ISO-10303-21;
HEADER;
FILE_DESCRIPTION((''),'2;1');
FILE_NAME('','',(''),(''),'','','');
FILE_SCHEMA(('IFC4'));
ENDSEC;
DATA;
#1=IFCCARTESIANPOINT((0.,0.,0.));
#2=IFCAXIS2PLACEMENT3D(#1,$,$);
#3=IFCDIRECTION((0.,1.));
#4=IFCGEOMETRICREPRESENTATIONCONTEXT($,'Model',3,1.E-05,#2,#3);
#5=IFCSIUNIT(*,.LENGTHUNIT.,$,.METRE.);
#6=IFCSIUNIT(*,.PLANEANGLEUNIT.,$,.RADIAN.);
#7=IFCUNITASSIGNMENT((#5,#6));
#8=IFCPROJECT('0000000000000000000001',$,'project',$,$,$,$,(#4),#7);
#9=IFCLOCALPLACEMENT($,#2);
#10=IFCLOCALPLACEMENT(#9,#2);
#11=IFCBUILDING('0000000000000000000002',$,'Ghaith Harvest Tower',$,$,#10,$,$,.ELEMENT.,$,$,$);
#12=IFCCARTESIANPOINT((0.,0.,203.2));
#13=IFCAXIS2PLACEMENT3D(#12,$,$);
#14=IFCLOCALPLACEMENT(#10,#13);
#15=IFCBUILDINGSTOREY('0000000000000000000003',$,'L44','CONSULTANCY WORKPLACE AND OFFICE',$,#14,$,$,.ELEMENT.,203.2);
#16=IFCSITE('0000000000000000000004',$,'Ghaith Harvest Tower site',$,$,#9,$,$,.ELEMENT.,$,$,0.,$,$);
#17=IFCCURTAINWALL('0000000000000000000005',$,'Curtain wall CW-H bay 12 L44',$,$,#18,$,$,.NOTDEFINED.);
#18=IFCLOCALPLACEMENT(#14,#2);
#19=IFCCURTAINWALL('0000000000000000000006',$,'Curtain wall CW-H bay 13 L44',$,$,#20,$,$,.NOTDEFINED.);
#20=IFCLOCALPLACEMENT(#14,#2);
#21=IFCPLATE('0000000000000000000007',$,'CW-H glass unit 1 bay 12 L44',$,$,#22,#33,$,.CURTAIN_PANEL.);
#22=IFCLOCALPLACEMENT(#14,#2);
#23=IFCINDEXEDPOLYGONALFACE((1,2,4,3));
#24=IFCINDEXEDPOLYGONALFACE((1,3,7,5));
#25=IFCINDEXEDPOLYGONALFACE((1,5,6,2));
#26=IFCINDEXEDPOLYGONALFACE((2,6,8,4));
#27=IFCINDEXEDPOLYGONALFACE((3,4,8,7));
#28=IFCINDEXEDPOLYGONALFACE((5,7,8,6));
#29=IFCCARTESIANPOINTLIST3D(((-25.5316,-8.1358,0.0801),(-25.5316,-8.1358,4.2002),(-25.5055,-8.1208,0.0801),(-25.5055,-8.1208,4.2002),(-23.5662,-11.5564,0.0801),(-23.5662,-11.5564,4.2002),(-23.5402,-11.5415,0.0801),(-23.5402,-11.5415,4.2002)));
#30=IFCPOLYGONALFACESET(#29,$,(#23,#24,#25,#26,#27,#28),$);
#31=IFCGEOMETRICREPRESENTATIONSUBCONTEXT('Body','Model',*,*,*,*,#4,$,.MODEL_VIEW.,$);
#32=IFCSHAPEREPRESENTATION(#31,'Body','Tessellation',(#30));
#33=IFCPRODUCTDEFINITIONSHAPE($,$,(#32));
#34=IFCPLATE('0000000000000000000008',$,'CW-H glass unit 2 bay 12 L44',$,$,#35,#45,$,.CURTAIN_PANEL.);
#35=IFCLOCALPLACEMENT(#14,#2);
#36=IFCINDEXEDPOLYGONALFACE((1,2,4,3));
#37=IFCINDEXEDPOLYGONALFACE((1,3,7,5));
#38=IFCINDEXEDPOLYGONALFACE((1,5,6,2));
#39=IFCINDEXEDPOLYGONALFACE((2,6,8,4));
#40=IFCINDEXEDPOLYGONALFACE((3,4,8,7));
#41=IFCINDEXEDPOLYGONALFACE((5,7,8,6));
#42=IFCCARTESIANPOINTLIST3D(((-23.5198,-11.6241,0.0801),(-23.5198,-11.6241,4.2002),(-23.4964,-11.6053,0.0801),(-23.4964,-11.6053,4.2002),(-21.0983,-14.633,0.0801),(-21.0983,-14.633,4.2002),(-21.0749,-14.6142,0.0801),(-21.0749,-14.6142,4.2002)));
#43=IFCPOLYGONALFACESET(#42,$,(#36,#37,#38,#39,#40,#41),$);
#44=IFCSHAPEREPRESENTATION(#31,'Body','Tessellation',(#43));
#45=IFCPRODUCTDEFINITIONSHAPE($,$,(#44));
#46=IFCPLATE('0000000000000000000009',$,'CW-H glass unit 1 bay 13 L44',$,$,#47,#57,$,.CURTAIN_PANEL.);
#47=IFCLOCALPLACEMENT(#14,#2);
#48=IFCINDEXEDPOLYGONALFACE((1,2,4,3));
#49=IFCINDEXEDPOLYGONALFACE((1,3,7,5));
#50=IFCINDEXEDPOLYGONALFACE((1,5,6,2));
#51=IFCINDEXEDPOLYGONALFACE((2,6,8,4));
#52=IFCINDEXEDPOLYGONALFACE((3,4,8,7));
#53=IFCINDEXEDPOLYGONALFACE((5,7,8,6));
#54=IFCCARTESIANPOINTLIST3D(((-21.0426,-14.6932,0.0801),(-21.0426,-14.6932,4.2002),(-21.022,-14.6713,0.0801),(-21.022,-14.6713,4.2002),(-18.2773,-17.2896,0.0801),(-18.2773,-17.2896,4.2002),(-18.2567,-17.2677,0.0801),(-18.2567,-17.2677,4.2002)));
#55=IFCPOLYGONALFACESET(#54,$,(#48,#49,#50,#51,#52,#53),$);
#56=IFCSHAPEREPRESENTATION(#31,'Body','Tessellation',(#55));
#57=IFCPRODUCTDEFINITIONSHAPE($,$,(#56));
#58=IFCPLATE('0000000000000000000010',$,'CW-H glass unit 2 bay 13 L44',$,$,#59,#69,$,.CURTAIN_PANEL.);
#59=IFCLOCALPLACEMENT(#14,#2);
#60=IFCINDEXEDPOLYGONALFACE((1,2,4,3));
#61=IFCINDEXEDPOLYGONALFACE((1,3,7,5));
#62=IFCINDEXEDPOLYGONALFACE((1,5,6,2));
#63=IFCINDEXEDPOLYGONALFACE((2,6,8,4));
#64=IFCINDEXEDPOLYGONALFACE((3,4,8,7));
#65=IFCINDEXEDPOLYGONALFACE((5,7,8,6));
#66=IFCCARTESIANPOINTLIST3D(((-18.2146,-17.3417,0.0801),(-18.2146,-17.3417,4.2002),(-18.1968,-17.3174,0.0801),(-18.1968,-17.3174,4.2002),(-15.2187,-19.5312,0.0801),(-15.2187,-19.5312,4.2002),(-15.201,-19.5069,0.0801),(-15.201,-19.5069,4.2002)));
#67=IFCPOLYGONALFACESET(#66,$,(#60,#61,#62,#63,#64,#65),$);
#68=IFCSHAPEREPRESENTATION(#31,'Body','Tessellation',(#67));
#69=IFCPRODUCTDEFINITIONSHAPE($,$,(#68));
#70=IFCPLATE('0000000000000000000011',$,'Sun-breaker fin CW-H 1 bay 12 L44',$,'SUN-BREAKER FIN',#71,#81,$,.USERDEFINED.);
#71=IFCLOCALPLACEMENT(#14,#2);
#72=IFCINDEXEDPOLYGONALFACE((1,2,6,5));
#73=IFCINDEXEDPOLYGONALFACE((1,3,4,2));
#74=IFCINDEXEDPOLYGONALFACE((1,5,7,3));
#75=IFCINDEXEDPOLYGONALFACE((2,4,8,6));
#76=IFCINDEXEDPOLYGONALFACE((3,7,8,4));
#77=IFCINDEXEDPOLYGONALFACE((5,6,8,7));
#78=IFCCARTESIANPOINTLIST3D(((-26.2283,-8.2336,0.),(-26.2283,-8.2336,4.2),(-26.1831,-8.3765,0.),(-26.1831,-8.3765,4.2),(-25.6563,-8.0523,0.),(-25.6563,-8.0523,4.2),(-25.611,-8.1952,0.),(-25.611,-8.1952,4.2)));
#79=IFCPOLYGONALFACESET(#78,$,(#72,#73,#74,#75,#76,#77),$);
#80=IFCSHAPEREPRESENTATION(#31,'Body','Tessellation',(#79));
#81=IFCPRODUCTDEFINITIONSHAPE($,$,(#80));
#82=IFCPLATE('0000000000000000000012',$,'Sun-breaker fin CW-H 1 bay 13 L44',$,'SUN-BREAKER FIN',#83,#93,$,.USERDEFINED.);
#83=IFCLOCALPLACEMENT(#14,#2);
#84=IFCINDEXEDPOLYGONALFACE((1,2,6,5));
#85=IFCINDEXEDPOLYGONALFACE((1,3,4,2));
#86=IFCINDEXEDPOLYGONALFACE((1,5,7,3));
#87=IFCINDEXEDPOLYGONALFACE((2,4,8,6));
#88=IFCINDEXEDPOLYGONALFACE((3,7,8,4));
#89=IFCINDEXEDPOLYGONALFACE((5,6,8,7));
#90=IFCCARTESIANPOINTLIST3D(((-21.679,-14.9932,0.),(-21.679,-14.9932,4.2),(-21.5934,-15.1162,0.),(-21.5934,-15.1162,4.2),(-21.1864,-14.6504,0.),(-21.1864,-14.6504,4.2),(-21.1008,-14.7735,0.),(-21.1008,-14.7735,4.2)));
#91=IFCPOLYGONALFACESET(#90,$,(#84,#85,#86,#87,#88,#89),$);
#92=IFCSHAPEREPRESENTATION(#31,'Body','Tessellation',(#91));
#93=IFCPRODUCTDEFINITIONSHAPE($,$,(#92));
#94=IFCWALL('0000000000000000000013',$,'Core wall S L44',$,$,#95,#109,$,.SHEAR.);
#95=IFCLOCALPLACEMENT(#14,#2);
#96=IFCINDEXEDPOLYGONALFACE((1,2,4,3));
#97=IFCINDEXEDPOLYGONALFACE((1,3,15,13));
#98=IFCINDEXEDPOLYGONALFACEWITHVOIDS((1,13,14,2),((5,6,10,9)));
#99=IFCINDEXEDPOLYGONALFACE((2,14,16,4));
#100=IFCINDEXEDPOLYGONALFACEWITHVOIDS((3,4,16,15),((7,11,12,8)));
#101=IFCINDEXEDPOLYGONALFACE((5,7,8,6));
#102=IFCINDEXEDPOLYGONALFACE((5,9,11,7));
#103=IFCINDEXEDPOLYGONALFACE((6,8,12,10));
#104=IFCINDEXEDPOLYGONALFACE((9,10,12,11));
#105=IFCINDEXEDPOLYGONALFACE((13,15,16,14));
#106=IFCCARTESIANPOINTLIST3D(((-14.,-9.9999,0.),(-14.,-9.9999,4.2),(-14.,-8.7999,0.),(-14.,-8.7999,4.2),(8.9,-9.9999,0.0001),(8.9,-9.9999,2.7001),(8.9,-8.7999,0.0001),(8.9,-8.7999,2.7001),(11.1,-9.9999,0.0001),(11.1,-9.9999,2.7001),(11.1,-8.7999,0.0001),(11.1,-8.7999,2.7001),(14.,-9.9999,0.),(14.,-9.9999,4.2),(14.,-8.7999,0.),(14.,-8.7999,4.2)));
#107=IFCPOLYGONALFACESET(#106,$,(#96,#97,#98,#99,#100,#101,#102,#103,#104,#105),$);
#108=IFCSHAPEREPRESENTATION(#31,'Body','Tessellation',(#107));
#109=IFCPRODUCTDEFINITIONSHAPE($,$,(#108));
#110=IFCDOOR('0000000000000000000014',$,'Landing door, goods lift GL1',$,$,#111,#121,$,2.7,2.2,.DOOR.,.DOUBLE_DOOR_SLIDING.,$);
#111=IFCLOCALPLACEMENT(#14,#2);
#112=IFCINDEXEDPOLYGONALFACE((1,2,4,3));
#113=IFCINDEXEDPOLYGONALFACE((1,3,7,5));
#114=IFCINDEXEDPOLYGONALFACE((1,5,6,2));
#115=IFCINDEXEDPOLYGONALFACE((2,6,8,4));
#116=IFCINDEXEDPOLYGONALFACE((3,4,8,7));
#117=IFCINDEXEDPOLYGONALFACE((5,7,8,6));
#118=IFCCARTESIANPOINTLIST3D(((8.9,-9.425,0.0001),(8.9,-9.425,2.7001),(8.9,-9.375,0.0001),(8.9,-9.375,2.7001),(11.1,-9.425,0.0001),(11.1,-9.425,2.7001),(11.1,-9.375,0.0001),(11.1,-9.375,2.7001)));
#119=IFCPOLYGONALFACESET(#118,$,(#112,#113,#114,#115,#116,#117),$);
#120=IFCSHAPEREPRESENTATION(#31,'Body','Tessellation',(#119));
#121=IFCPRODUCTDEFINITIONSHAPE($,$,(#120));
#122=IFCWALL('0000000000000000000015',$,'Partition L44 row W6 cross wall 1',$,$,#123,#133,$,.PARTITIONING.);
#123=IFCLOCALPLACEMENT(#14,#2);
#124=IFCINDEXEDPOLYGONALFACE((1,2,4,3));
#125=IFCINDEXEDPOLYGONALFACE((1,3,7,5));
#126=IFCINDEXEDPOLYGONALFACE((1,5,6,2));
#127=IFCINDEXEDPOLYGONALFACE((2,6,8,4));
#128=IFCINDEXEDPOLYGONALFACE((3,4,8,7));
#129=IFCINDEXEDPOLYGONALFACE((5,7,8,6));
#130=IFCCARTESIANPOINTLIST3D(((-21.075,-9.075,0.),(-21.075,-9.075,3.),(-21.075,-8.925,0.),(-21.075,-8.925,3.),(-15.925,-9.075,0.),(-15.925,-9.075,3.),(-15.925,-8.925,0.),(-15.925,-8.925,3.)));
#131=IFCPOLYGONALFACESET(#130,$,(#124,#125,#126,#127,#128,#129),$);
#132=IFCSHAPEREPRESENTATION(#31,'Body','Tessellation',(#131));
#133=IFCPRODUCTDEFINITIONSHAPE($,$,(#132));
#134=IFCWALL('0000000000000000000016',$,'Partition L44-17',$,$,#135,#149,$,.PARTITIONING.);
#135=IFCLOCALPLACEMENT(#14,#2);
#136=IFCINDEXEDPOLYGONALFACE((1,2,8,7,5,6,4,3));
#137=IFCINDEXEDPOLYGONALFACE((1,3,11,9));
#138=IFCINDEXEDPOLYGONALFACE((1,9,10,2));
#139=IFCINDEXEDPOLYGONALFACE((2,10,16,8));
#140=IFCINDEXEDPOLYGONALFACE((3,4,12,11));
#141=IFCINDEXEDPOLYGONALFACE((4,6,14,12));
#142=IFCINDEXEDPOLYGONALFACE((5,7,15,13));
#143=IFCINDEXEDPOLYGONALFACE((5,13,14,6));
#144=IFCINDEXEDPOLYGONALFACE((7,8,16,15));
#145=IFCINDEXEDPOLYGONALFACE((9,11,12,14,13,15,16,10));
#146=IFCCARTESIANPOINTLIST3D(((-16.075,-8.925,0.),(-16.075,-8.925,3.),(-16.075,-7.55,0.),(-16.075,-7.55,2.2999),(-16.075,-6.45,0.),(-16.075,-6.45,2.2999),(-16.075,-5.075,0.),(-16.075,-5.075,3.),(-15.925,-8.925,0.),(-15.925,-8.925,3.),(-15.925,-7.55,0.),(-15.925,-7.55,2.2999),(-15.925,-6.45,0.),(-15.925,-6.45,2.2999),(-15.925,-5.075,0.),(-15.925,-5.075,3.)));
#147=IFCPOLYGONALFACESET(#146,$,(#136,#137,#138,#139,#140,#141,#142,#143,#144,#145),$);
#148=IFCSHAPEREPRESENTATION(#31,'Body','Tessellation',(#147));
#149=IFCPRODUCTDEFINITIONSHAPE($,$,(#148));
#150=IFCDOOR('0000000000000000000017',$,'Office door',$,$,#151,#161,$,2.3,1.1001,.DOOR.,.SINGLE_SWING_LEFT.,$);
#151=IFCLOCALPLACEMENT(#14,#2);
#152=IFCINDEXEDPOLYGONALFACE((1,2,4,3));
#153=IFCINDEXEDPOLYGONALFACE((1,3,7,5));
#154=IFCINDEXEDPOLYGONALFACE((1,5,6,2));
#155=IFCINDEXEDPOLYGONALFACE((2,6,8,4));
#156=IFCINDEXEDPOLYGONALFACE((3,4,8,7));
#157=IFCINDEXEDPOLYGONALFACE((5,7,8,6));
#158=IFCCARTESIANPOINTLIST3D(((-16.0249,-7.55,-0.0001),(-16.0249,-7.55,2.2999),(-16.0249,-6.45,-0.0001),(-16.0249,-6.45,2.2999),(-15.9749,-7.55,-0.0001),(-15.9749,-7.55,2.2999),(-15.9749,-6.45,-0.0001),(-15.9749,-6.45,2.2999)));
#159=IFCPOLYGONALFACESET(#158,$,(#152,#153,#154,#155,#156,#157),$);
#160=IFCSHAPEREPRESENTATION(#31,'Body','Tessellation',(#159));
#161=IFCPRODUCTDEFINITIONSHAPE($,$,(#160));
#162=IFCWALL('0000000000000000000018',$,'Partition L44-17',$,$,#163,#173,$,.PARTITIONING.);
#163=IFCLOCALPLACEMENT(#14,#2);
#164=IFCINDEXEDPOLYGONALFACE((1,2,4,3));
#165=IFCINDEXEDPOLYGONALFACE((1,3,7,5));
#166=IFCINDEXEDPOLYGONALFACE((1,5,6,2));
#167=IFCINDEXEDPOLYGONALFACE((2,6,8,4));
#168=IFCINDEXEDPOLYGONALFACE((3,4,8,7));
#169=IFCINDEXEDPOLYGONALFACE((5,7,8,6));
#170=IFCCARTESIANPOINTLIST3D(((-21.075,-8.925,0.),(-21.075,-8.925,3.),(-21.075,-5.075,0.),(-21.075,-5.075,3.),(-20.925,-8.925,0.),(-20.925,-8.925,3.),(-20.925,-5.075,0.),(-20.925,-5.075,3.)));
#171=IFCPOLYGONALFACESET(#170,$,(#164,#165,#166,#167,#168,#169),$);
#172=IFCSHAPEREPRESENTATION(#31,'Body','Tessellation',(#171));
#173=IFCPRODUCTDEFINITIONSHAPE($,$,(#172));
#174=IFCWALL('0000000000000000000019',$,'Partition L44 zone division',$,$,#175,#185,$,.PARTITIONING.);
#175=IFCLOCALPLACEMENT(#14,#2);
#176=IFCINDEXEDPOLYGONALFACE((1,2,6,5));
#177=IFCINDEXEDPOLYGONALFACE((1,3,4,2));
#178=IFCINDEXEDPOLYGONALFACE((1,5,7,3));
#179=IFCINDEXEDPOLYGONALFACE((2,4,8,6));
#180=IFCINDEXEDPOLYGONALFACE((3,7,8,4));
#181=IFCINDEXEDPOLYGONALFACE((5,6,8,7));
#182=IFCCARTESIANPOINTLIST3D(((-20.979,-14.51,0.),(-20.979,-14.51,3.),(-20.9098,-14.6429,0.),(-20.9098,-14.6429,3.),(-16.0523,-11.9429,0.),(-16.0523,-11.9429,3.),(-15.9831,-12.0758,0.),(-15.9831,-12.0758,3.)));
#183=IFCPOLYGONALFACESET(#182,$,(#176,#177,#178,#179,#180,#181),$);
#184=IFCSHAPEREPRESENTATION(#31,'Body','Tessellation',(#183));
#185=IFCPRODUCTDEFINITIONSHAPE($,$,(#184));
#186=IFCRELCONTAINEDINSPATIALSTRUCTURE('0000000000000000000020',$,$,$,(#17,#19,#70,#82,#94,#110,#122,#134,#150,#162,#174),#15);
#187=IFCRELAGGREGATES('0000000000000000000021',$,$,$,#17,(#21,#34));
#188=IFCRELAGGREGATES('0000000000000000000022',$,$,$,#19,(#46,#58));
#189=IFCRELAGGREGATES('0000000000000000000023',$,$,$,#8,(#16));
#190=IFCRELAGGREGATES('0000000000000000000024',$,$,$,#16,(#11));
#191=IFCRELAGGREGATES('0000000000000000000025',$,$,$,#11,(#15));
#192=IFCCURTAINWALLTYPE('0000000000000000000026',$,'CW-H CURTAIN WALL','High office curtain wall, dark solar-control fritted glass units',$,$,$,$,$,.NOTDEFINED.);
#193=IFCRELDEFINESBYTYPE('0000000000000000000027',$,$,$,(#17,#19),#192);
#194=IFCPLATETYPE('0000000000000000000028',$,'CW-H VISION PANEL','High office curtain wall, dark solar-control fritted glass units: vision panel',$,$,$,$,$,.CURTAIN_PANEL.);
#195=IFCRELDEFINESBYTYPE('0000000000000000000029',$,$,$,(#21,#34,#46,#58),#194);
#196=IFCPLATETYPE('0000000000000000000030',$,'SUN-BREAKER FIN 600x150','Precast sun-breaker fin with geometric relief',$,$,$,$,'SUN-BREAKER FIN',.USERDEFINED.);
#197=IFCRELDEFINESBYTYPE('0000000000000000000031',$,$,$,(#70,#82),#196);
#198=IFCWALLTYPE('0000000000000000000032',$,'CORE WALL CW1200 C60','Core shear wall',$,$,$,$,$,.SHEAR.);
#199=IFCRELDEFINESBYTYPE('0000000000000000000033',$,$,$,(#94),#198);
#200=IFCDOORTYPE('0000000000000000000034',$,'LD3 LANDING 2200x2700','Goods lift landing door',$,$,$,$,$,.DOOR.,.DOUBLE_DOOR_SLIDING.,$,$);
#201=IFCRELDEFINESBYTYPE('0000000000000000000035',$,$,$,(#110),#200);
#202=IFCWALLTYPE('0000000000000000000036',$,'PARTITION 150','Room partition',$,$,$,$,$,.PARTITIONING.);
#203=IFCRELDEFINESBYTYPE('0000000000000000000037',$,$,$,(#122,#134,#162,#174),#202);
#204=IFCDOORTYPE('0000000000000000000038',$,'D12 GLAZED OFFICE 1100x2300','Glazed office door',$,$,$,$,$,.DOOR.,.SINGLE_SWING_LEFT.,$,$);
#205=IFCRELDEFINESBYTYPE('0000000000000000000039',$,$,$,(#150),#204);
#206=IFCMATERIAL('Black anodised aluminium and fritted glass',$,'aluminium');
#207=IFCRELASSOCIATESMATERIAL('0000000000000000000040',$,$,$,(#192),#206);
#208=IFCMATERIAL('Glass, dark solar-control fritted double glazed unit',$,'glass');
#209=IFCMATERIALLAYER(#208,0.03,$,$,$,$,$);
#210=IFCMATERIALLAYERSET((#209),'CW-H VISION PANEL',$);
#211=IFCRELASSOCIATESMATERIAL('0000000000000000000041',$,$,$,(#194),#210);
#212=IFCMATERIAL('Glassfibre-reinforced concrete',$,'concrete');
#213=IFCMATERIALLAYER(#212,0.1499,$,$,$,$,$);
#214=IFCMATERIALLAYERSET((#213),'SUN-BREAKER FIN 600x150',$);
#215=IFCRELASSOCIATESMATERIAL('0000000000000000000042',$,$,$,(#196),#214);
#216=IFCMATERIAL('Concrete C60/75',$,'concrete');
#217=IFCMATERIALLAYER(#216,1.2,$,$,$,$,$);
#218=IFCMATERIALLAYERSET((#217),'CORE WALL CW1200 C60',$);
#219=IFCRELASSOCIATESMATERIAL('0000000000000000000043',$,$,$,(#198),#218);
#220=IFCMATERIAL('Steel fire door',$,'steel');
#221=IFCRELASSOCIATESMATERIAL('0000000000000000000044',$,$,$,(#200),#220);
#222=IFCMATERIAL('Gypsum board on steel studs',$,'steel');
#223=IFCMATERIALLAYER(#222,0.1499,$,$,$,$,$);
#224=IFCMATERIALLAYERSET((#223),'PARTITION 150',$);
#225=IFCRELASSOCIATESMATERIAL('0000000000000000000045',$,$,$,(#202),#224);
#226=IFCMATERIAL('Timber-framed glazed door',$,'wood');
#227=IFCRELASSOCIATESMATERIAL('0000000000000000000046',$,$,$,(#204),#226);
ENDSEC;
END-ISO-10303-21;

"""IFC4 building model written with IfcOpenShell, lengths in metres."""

from ifc_helpers import new_model, si_unit, direction, frame, frame_2d, origin, origin_2d, place, context, subcontext, project, spatial, rectangle, extrude, material, layer, layer_set, type_object, element, fill, aggregate, save


model = new_model("IFC4")

# Units and contexts
model_context = context("Model", 3, precision=1e-05, world=origin(), true_north=direction((0.0, 1.0)))
body_context = subcontext(model_context, "Body", "Model", "MODEL_VIEW")
ifc_project = project(units=[si_unit("LENGTHUNIT", "METRE"), si_unit("PLANEANGLEUNIT", "RADIAN")], contexts=[model_context])

# Site, building, storey
site_placement = place(None, origin())
site = spatial("IfcSite", under=ifc_project, at=site_placement, Name="Ghaith Harvest Tower site", CompositionType="ELEMENT", RefElevation=0.0)
building_placement = place(site_placement, origin())
building = spatial("IfcBuilding", under=site, at=building_placement, Name="Ghaith Harvest Tower", CompositionType="ELEMENT")
storey_placement = place(building_placement, frame((0.0, 0.0, 203.2)))
storey = spatial("IfcBuildingStorey", under=building, at=storey_placement, Name="L44", Description="CONSULTANCY WORKPLACE AND OFFICE", CompositionType="ELEMENT", Elevation=203.2)

# Curtain wall
ifc_material_1 = material(Name="Black anodised aluminium and fritted glass", Category="aluminium")
curtain_wall_type = type_object("IfcCurtainWallType", Name="CW-H CURTAIN WALL", Description="High office curtain wall, dark solar-control fritted glass units", PredefinedType="NOTDEFINED", material=ifc_material_1)
curtain_wall_1_placement = place(storey_placement, origin())
curtain_wall_1 = element("IfcCurtainWall", 1, at=curtain_wall_1_placement, inside=storey, type_object=curtain_wall_type, Name="Curtain wall CW-H bay 12 L44", PredefinedType="NOTDEFINED")

# Curtain wall
curtain_wall_2_placement = place(storey_placement, origin())
curtain_wall_2 = element("IfcCurtainWall", 2, at=curtain_wall_2_placement, inside=storey, type_object=curtain_wall_type, Name="Curtain wall CW-H bay 13 L44", PredefinedType="NOTDEFINED")

# Plates
ifc_material_2 = material(Name="Glass, dark solar-control fritted double glazed unit", Category="glass")
ifc_layer_1 = layer(ifc_material_2, 0.03)
ifc_layer_set_1 = layer_set([ifc_layer_1], Name="CW-H VISION PANEL")
plate_type_1 = type_object("IfcPlateType", Name="CW-H VISION PANEL", Description="High office curtain wall, dark solar-control fritted glass units: vision panel", PredefinedType="CURTAIN_PANEL", material=ifc_layer_set_1)
plate_1_placement = place(storey_placement, frame((-24.5359, -9.8386, 0.0801), z_axis=(0.0, 0.0, 1.0), x_axis=(0.49818, -0.867074, 0.0)))
plate_1 = element("IfcPlate", 3, at=plate_1_placement, type_object=plate_type_1, Name="CW-H glass unit 1 bay 12 L44", PredefinedType="CURTAIN_PANEL", context=body_context, shape_type="SweptSolid", body=[
    extrude(rectangle(XDim=3.9451, YDim=0.03, at=origin_2d()), origin(), (0.0, 0.0, 1.0), 4.1201),
])
plate_2_placement = place(storey_placement, frame((-22.2974, -13.1191, 0.0801), z_axis=(0.0, 0.0, 1.0), x_axis=(0.626957, -0.779054, 0.0)))
plate_2 = element("IfcPlate", 4, at=plate_2_placement, type_object=plate_type_1, Name="CW-H glass unit 2 bay 12 L44", PredefinedType="CURTAIN_PANEL", context=body_context, shape_type="SweptSolid", body=[
    extrude(rectangle(XDim=3.8623, YDim=0.03, at=origin_2d()), origin(), (0.0, 0.0, 1.0), 4.1201),
])
aggregate(curtain_wall_1, [plate_1, plate_2])
plate_3_placement = place(storey_placement, frame((-19.6497, -15.9805, 0.0801), z_axis=(0.0, 0.0, 1.0), x_axis=(0.729017, -0.684496, 0.0)))
plate_3 = element("IfcPlate", 5, at=plate_3_placement, type_object=plate_type_1, Name="CW-H glass unit 1 bay 13 L44", PredefinedType="CURTAIN_PANEL", context=body_context, shape_type="SweptSolid", body=[
    extrude(rectangle(XDim=3.7932, YDim=0.03, at=origin_2d()), origin(), (0.0, 0.0, 1.0), 4.1201),
])
plate_4_placement = place(storey_placement, frame((-16.7078, -18.4243, 0.0801), z_axis=(0.0, 0.0, 1.0), x_axis=(0.807364, -0.590054, 0.0)))
plate_4 = element("IfcPlate", 6, at=plate_4_placement, type_object=plate_type_1, Name="CW-H glass unit 2 bay 13 L44", PredefinedType="CURTAIN_PANEL", context=body_context, shape_type="SweptSolid", body=[
    extrude(rectangle(XDim=3.7107, YDim=0.03, at=origin_2d()), origin(), (0.0, 0.0, 1.0), 4.1201),
])
aggregate(curtain_wall_2, [plate_3, plate_4])

# Plates
ifc_material_3 = material(Name="Glassfibre-reinforced concrete", Category="concrete")
ifc_layer_2 = layer(ifc_material_3, 0.1499)
ifc_layer_set_2 = layer_set([ifc_layer_2], Name="SUN-BREAKER FIN 600x150")
plate_type_2 = type_object("IfcPlateType", Name="SUN-BREAKER FIN 600x150", Description="Precast sun-breaker fin with geometric relief", ElementType="SUN-BREAKER FIN", PredefinedType="USERDEFINED", material=ifc_layer_set_2)
for number, where, z_axis, x_axis, name in (
    (7, (-25.9197, -8.2144, 0.0), (0.0, 0.0, 1.0), (-0.953273, -0.30211, 0.0), "Sun-breaker fin CW-H 1 bay 12 L44"),
    (8, (-21.3899, -14.8833, 0.0), (0.0, 0.0, 1.0), (-0.820845, -0.57115, 0.0), "Sun-breaker fin CW-H 1 bay 13 L44"),
):
    element("IfcPlate", number, at=place(storey_placement, frame(where, z_axis=z_axis, x_axis=x_axis)), inside=storey, type_object=plate_type_2, Name=name, ObjectType="SUN-BREAKER FIN", PredefinedType="USERDEFINED", context=body_context, shape_type="SweptSolid", body=[
        extrude(rectangle(XDim=0.6001, YDim=0.1499, at=origin_2d()), origin(), (0.0, 0.0, 1.0), 4.2),
    ])

# Wall, opening, door
ifc_material_4 = material(Name="Concrete C60/75", Category="concrete")
ifc_layer_3 = layer(ifc_material_4, 1.2)
ifc_layer_set_3 = layer_set([ifc_layer_3], Name="CORE WALL CW1200 C60")
wall_type_1 = type_object("IfcWallType", Name="CORE WALL CW1200 C60", Description="Core shear wall", PredefinedType="SHEAR", material=ifc_layer_set_3)
wall_1_placement = place(storey_placement, frame((-14.0, -9.3999, 0.0), z_axis=(0.0, 0.0, 1.0), x_axis=(1.0, 0.0, 0.0)))
wall_1 = element("IfcWall", 9, at=wall_1_placement, inside=storey, type_object=wall_type_1, Name="Core wall S L44", PredefinedType="SHEAR", context=body_context, shape_type="SweptSolid", body=[
    extrude(rectangle(XDim=28.0, YDim=1.2, at=frame_2d((14.0, 0.0))), origin(), (0.0, 0.0, 1.0), 4.2),
])
opening_1_placement = place(wall_1_placement, frame((22.8999, 0.0, 0.0)))
opening_1 = element("IfcOpeningElement", 10, at=opening_1_placement, cuts=wall_1, PredefinedType="OPENING", context=body_context, shape_type="SweptSolid", body=[
    extrude(rectangle(XDim=2.2, YDim=2.7, at=frame_2d((1.1001, 1.3501))), frame((0.0, 0.6099, 0.0), z_axis=(0.0, -1.0, 0.0), x_axis=(1.0, 0.0, 0.0)), (0.0, 0.0, 1.0), 1.22),
])
ifc_material_5 = material(Name="Steel fire door", Category="steel")
door_type_1 = type_object("IfcDoorType", Name="LD3 LANDING 2200x2700", Description="Goods lift landing door", OperationType="DOUBLE_DOOR_SLIDING", PredefinedType="DOOR", material=ifc_material_5)
door_1_placement = place(opening_1_placement, origin())
door_1 = element("IfcDoor", 11, at=door_1_placement, inside=storey, type_object=door_type_1, Name="Landing door, goods lift GL1", OperationType="DOUBLE_DOOR_SLIDING", OverallHeight=2.7, OverallWidth=2.2, PredefinedType="DOOR", context=body_context, shape_type="SweptSolid", body=[
    extrude(rectangle(XDim=2.2, YDim=2.7, at=frame_2d((1.1001, 1.3501))), frame((0.0, 0.0249, 0.0), z_axis=(0.0, -1.0, 0.0), x_axis=(1.0, 0.0, 0.0)), (0.0, 0.0, 1.0), 0.05),
])
fill(opening_1, door_1)

# Wall
ifc_material_6 = material(Name="Gypsum board on steel studs", Category="steel")
ifc_layer_4 = layer(ifc_material_6, 0.1499)
ifc_layer_set_4 = layer_set([ifc_layer_4], Name="PARTITION 150")
wall_type_2 = type_object("IfcWallType", Name="PARTITION 150", Description="Room partition", PredefinedType="PARTITIONING", material=ifc_layer_set_4)
wall_2_placement = place(storey_placement, frame((-15.925, -9.0, 0.0), z_axis=(0.0, 0.0, 1.0), x_axis=(-1.0, 0.0, 0.0)))
element("IfcWall", 12, at=wall_2_placement, inside=storey, type_object=wall_type_2, Name="Partition L44 row W6 cross wall 1", PredefinedType="PARTITIONING", context=body_context, shape_type="SweptSolid", body=[
    extrude(rectangle(XDim=5.1499, YDim=0.1499, at=frame_2d((2.575, 0.0))), origin(), (0.0, 0.0, 1.0), 3.0),
])

# Wall, opening, door
wall_3_placement = place(storey_placement, frame((-16.0, -8.925, 0.0), z_axis=(0.0, 0.0, 1.0), x_axis=(0.0, 1.0, 0.0)))
wall_3 = element("IfcWall", 13, at=wall_3_placement, inside=storey, type_object=wall_type_2, Name="Partition L44-17", PredefinedType="PARTITIONING", context=body_context, shape_type="SweptSolid", body=[
    extrude(rectangle(XDim=3.8501, YDim=0.1499, at=frame_2d((1.925, 0.0))), origin(), (0.0, 0.0, 1.0), 3.0),
])
opening_2_placement = place(wall_3_placement, frame((1.375, 0.0, 0.0)))
opening_2 = element("IfcOpeningElement", 14, at=opening_2_placement, cuts=wall_3, PredefinedType="OPENING", context=body_context, shape_type="SweptSolid", body=[
    extrude(rectangle(XDim=1.1001, YDim=2.3, at=frame_2d((0.55, 1.1499))), frame((0.0, 0.085, 0.0), z_axis=(0.0, -1.0, 0.0), x_axis=(1.0, 0.0, 0.0)), (0.0, 0.0, 1.0), 0.1699),
])
ifc_material_7 = material(Name="Timber-framed glazed door", Category="wood")
door_type_2 = type_object("IfcDoorType", Name="D12 GLAZED OFFICE 1100x2300", Description="Glazed office door", OperationType="SINGLE_SWING_LEFT", PredefinedType="DOOR", material=ifc_material_7)
door_2_placement = place(opening_2_placement, origin())
door_2 = element("IfcDoor", 15, at=door_2_placement, inside=storey, type_object=door_type_2, Name="Office door", OperationType="SINGLE_SWING_LEFT", OverallHeight=2.3, OverallWidth=1.1001, PredefinedType="DOOR", context=body_context, shape_type="SweptSolid", body=[
    extrude(rectangle(XDim=1.1001, YDim=2.3, at=frame_2d((0.55, 1.1499))), frame((0.0, 0.0249, 0.0), z_axis=(0.0, -1.0, 0.0), x_axis=(1.0, 0.0, 0.0)), (0.0, 0.0, 1.0), 0.05),
])
fill(opening_2, door_2)

# Walls
wall_4_placement = place(storey_placement, frame((-21.0, -8.925, 0.0), z_axis=(0.0, 0.0, 1.0), x_axis=(0.0, 1.0, 0.0)))
element("IfcWall", 16, at=wall_4_placement, inside=storey, type_object=wall_type_2, Name="Partition L44-17", PredefinedType="PARTITIONING", context=body_context, shape_type="SweptSolid", body=[
    extrude(rectangle(XDim=3.8501, YDim=0.1499, at=frame_2d((1.925, 0.0))), origin(), (0.0, 0.0, 1.0), 3.0),
])
wall_5_placement = place(storey_placement, frame((-16.0176, -12.0093, 0.0), z_axis=(0.0, 0.0, 1.0), x_axis=(-0.886832, -0.462093, 0.0)))
element("IfcWall", 17, at=wall_5_placement, inside=storey, type_object=wall_type_2, Name="Partition L44 zone division", PredefinedType="PARTITIONING", context=body_context, shape_type="SweptSolid", body=[
    extrude(rectangle(XDim=5.5554, YDim=0.1499, at=frame_2d((2.7778, 0.0))), origin(), (0.0, 0.0, 1.0), 3.0),
])

save(model, "model.ifc")
